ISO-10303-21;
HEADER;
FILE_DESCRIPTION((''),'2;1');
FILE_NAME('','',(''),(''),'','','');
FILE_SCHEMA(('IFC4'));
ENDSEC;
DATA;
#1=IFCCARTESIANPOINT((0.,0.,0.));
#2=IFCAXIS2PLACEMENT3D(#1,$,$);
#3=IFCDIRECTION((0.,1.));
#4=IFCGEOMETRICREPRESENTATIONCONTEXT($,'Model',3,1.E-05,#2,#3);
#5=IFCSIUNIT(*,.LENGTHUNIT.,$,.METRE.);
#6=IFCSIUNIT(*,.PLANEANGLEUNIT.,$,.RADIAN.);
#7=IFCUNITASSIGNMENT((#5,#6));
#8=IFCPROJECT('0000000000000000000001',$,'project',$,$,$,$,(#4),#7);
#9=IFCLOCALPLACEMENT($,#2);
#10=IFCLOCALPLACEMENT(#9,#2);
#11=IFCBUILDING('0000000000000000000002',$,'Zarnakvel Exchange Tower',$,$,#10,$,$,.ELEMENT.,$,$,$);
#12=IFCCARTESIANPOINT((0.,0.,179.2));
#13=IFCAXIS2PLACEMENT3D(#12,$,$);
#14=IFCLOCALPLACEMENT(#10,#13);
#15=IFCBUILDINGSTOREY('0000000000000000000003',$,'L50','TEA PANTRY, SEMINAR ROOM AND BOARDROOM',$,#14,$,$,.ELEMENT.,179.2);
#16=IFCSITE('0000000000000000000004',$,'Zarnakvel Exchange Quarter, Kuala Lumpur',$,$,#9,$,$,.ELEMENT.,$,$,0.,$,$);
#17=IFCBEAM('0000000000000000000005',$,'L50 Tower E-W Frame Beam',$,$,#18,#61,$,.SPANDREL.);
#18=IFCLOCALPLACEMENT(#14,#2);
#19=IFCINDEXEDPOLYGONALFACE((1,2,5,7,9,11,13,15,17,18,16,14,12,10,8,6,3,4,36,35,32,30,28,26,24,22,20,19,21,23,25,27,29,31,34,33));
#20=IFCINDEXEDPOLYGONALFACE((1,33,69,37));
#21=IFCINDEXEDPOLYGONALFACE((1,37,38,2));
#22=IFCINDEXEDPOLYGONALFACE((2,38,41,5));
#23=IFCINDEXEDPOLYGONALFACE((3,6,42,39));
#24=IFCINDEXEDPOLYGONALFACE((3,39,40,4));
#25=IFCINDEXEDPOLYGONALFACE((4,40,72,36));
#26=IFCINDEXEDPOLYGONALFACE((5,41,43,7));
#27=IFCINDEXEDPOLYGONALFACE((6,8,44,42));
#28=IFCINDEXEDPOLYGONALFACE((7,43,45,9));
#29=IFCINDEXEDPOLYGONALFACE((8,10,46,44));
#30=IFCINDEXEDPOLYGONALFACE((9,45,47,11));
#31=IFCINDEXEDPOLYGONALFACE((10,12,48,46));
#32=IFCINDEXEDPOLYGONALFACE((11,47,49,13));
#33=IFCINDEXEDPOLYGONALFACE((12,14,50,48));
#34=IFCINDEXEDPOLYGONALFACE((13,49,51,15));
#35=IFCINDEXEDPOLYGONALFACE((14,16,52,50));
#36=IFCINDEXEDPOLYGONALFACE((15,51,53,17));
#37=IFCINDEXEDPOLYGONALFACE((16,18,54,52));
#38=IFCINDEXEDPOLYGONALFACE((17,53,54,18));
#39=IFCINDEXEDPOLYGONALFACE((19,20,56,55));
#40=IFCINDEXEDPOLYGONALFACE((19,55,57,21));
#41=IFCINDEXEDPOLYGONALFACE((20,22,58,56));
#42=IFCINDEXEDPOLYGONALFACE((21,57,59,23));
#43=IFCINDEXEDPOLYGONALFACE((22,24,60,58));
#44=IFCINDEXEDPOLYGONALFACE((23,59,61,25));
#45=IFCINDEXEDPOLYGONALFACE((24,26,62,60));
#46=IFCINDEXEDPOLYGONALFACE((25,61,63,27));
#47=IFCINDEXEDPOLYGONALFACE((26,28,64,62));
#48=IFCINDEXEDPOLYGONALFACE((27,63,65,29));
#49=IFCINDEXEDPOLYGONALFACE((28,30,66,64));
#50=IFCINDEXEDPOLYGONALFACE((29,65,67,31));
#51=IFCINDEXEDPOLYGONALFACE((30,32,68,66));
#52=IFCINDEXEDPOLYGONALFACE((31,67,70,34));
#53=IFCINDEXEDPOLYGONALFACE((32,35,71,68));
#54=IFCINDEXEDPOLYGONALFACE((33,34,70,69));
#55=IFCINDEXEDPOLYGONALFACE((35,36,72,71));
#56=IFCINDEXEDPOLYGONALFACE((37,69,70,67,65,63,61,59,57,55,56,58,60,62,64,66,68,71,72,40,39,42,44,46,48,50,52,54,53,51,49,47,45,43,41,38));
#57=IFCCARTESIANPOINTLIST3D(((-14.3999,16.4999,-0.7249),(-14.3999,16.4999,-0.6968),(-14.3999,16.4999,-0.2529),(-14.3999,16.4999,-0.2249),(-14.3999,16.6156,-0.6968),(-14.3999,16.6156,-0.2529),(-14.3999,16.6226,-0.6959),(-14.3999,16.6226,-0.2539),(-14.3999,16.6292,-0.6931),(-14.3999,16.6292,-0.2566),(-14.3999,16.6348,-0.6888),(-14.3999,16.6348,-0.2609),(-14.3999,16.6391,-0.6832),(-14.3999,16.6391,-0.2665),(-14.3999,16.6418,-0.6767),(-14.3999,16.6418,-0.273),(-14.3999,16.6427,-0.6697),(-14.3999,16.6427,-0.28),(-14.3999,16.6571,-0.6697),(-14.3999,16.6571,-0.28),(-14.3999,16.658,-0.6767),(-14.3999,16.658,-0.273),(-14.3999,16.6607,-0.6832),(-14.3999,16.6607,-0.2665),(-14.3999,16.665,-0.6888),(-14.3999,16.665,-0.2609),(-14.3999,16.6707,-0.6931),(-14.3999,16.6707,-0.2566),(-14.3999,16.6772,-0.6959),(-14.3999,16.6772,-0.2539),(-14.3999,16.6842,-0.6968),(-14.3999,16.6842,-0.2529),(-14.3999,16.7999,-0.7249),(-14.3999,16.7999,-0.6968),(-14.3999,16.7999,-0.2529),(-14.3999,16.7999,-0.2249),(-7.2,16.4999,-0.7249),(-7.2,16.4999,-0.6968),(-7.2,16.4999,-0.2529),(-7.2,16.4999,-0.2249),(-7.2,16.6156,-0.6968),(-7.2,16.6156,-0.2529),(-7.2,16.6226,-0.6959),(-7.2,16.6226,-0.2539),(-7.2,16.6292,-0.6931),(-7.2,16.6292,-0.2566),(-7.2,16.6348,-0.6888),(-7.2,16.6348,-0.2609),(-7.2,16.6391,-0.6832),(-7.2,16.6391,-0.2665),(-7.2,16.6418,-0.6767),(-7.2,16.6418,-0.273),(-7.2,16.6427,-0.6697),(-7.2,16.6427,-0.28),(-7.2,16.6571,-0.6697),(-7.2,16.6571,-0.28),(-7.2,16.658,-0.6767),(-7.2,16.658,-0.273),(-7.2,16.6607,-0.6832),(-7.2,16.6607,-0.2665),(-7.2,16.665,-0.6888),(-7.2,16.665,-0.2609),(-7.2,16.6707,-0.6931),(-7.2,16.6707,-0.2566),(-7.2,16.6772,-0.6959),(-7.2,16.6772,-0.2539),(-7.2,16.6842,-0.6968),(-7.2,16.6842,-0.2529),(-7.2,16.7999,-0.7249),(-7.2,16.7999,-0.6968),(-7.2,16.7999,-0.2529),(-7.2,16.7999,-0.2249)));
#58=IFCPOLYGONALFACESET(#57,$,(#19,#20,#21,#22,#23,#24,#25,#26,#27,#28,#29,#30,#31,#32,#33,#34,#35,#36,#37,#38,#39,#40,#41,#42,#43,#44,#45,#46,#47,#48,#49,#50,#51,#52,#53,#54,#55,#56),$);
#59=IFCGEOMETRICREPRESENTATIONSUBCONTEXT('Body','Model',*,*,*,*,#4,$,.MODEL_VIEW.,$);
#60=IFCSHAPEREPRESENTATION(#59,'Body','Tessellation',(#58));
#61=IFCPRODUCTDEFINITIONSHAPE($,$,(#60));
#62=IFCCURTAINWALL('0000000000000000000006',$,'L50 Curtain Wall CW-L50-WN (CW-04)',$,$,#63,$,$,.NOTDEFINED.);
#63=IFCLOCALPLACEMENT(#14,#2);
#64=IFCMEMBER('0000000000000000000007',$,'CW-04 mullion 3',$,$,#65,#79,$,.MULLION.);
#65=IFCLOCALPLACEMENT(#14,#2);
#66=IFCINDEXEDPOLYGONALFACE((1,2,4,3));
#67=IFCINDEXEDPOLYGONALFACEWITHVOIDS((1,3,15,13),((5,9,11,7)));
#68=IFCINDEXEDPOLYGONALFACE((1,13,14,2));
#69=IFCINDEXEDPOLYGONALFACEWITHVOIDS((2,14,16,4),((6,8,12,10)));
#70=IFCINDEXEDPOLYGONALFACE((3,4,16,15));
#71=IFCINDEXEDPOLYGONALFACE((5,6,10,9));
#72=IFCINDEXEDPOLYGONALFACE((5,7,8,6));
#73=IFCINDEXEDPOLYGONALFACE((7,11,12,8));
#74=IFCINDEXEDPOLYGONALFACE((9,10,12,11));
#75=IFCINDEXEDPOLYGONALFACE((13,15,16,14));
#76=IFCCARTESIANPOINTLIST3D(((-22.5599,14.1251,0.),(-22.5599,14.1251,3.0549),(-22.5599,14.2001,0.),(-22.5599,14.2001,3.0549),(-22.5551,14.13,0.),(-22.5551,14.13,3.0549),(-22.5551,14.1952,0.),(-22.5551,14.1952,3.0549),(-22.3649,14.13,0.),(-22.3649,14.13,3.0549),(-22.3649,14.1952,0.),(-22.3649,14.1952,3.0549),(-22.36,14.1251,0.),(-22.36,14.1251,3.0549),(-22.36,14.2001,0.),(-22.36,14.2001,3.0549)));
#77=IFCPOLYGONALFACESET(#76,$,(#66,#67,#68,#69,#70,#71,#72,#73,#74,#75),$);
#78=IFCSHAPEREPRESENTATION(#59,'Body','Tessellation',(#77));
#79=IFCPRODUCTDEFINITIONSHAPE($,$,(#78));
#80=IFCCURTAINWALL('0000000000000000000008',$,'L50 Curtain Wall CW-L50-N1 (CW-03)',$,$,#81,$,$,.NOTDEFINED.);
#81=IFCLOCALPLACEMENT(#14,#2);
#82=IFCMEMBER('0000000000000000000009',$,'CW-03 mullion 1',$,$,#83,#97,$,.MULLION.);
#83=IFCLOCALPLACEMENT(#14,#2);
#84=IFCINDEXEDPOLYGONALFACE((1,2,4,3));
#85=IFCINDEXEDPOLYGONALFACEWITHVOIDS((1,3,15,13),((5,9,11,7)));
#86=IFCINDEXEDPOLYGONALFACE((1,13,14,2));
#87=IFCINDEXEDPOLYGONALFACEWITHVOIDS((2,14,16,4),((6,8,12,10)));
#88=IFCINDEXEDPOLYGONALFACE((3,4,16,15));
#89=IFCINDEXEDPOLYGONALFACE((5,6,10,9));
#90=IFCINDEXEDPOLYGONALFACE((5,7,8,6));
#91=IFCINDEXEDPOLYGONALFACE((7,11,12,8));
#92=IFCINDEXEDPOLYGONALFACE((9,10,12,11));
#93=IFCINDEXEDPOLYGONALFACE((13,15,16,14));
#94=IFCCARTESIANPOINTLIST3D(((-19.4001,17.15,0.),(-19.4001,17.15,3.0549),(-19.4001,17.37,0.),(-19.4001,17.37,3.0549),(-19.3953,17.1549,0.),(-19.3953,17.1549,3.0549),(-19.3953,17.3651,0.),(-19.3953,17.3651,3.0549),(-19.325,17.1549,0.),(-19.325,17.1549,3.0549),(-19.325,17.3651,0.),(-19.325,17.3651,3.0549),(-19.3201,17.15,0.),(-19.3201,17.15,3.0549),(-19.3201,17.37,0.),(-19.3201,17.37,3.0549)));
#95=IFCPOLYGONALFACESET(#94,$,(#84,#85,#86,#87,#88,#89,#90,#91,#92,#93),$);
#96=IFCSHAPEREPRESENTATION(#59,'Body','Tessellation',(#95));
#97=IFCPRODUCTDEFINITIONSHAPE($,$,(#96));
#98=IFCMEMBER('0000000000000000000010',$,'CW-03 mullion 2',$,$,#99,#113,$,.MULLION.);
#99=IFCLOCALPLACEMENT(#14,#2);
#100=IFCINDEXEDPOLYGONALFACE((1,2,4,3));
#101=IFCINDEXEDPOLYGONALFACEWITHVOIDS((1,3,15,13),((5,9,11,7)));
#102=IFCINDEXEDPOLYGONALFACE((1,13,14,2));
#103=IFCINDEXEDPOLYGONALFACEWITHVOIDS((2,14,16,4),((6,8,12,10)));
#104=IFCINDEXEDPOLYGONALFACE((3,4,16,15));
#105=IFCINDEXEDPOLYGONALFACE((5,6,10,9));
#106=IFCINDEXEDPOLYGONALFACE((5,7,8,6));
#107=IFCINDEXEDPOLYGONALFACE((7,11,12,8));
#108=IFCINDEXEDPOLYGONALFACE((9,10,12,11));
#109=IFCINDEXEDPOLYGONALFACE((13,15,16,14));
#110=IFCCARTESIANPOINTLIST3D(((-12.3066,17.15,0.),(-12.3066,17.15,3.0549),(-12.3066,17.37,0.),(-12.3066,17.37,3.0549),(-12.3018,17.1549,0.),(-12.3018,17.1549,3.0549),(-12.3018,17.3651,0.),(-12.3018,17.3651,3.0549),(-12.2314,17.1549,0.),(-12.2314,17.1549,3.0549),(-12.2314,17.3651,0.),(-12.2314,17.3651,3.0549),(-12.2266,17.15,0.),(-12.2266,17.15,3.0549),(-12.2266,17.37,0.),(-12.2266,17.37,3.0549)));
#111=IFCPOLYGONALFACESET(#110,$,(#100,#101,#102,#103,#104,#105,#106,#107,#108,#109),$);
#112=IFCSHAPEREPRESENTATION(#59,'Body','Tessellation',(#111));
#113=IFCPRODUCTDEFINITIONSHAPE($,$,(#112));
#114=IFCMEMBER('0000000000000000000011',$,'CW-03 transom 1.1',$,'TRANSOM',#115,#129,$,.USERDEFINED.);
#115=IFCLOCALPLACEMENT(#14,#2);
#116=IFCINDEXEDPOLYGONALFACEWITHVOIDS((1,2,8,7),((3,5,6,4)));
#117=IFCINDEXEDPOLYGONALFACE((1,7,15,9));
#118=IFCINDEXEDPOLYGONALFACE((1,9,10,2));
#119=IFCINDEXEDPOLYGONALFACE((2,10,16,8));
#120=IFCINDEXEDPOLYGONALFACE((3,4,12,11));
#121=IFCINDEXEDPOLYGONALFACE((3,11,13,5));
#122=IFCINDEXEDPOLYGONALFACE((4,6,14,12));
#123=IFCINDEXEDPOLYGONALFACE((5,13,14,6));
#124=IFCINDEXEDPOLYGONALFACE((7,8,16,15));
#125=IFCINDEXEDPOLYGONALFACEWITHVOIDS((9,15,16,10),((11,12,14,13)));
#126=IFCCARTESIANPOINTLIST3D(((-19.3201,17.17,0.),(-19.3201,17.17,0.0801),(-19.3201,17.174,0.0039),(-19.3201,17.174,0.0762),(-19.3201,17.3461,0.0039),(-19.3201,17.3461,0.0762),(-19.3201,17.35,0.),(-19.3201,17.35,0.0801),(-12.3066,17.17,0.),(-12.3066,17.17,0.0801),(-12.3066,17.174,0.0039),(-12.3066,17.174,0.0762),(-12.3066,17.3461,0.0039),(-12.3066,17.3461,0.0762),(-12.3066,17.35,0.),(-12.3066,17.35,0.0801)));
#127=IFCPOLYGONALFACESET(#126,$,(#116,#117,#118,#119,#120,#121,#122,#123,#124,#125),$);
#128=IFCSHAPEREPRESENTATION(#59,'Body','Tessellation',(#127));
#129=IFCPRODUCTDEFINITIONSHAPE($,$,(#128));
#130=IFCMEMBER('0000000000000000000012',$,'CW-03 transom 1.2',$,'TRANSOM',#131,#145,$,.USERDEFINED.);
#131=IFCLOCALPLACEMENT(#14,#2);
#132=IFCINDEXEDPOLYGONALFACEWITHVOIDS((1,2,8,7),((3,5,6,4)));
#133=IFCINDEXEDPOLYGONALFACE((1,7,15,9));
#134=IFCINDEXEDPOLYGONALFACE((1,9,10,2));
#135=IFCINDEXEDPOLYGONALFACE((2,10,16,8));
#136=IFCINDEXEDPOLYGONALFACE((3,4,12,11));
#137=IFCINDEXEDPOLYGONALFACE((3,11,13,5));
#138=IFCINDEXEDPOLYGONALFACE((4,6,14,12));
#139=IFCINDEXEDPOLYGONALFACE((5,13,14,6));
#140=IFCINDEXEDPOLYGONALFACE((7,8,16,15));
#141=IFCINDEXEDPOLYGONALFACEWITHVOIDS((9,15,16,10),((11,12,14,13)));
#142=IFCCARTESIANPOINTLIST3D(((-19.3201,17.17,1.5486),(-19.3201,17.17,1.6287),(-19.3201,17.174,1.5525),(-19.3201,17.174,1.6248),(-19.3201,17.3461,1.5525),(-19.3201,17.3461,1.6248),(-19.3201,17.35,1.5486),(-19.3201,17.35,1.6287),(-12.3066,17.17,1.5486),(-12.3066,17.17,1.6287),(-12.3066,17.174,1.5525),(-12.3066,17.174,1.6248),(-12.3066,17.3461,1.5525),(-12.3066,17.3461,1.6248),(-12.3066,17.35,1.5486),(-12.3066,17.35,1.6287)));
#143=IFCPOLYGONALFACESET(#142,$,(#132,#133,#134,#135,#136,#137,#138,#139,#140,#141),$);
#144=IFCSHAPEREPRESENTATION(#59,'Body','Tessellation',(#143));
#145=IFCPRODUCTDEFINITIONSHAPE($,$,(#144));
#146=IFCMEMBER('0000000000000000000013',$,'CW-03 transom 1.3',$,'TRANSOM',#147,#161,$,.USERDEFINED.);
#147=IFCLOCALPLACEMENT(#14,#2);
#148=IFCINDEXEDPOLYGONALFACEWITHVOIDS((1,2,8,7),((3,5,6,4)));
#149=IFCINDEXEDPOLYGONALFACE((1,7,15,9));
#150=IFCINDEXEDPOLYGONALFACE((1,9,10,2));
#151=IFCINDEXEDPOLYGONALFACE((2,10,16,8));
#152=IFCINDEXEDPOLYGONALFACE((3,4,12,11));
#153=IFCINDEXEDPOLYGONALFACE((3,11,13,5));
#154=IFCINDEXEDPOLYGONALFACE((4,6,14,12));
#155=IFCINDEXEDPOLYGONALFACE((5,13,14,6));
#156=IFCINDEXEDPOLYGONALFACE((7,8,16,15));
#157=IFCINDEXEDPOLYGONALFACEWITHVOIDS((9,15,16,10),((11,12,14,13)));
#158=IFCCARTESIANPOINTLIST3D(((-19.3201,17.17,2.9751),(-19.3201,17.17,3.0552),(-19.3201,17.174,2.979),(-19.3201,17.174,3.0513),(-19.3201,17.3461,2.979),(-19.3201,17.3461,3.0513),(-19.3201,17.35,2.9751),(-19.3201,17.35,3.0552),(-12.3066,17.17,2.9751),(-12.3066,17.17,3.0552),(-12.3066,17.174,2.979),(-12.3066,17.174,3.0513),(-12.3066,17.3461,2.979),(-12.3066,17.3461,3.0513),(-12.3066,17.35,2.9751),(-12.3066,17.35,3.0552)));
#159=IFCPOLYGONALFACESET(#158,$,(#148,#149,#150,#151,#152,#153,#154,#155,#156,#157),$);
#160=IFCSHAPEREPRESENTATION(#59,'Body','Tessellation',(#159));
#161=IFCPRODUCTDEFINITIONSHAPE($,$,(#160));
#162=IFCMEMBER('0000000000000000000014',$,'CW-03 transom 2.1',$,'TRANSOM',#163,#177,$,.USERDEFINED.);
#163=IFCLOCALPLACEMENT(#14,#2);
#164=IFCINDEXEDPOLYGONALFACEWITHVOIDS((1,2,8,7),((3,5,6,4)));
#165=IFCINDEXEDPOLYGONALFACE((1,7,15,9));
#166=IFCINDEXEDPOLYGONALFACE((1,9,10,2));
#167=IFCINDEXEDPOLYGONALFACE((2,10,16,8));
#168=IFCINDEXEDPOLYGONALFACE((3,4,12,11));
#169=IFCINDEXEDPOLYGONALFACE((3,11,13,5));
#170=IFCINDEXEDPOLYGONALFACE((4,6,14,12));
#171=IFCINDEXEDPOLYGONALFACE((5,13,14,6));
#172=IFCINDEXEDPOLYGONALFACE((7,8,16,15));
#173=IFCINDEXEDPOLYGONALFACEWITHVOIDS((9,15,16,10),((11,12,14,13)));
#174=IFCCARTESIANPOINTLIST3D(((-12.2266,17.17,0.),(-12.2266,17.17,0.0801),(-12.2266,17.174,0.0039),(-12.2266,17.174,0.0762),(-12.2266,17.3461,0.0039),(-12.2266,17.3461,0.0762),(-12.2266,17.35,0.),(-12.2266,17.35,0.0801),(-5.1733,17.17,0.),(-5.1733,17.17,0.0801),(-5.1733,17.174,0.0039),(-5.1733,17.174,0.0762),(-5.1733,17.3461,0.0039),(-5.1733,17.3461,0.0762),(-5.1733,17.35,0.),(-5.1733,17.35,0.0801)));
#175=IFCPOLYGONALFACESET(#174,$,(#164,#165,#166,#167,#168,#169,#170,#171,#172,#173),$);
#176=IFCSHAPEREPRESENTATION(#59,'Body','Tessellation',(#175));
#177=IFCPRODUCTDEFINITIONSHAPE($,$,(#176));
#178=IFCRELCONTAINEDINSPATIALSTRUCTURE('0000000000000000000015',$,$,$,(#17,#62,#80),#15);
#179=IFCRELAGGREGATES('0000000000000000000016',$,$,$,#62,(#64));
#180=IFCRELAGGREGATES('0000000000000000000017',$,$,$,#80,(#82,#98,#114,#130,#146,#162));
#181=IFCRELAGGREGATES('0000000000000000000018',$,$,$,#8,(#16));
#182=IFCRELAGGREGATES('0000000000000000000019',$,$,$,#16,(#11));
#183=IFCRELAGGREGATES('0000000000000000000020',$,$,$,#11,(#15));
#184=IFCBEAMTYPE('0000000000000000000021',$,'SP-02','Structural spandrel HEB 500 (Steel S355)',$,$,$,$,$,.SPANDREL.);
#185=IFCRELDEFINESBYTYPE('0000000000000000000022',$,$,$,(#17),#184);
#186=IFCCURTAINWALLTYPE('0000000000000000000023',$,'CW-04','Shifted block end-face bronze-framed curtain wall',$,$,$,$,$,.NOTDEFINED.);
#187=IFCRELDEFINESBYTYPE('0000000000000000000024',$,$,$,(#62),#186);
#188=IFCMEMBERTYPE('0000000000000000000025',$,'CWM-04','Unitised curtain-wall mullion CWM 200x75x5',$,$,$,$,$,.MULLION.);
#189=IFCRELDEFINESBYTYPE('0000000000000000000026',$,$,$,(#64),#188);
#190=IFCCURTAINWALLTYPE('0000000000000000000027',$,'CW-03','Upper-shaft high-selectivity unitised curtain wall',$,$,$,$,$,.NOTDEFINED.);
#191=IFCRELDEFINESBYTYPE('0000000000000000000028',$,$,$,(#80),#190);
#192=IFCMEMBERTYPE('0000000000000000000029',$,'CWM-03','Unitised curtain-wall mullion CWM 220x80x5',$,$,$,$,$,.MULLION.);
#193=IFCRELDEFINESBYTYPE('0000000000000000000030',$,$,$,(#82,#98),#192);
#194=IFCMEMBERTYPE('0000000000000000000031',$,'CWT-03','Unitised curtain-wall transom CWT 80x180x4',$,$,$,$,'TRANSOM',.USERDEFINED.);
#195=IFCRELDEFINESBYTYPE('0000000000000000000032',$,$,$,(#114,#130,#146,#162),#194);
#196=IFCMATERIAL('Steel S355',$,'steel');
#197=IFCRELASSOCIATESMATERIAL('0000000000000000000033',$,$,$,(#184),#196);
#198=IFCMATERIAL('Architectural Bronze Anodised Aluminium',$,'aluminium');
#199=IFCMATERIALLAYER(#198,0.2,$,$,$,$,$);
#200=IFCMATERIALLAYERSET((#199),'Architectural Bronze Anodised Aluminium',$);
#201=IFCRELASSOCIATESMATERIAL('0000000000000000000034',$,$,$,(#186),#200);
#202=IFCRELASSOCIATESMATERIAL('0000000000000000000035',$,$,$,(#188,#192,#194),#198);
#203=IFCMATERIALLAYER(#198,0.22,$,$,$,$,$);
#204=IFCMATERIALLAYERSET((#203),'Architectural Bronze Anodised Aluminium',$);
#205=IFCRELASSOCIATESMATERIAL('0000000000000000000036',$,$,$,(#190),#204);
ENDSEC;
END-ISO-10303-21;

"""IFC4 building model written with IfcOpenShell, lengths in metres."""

from ifc_helpers import new_model, si_unit, direction, frame, origin, origin_2d, place, context, subcontext, project, spatial, hollow_rectangle, i_section, extrude, source, transform, mapped, material, layer, layer_set, material_profile, profile_set, type_object, element, aggregate, save


model = new_model("IFC4")

# Units and contexts
model_context = context("Model", 3, precision=1e-05, world=origin(), true_north=direction((0.0, 1.0)))
body_context = subcontext(model_context, "Body", "Model", "MODEL_VIEW")
ifc_project = project(units=[si_unit("LENGTHUNIT", "METRE"), si_unit("PLANEANGLEUNIT", "RADIAN")], contexts=[model_context])

# Site, building, storey
site_placement = place(None, origin())
site = spatial("IfcSite", under=ifc_project, at=site_placement, Name="Zarnakvel Exchange Quarter, Kuala Lumpur", CompositionType="ELEMENT", RefElevation=0.0)
building_placement = place(site_placement, origin())
building = spatial("IfcBuilding", under=site, at=building_placement, Name="Zarnakvel Exchange Tower", CompositionType="ELEMENT")
storey_placement = place(building_placement, frame((0.0, 0.0, 179.2)))
storey = spatial("IfcBuildingStorey", under=building, at=storey_placement, Name="L50", Description="TEA PANTRY, SEMINAR ROOM AND BOARDROOM", CompositionType="ELEMENT", Elevation=179.2)

# Shared definitions
ifc_material_1 = material(Name="Steel S355", Category="steel")

# Beam
ifc_material_profile_1 = material_profile(ifc_material_1, i_section(OverallWidth=0.3, OverallDepth=0.5, WebThickness=0.0144, FlangeThickness=0.0281, FilletRadius=0.0271, at=origin_2d()))
ifc_profile_set_1 = profile_set([ifc_material_profile_1], Name="Steel S355")
beam_type_1 = type_object("IfcBeamType", Name="SP-02", Description="Structural spandrel HEB 500 (Steel S355)", PredefinedType="SPANDREL", material=ifc_profile_set_1)
beam_1_placement = place(storey_placement, frame((-14.3999, 16.6499, -0.4749), z_axis=(1.0, 0.0, 0.0), x_axis=(0.0, 1.0, 0.0)))
element("IfcBeam", 1, at=beam_1_placement, inside=storey, type_object=beam_type_1, Name="L50 Tower E-W Frame Beam", PredefinedType="SPANDREL", context=body_context, shape_type="SweptSolid", body=[
    extrude(i_section(OverallWidth=0.3, OverallDepth=0.5, WebThickness=0.0144, FlangeThickness=0.0281, FilletRadius=0.0271, at=origin_2d()), origin(), (0.0, 0.0, 1.0), 7.2),
])

# Curtain wall, member
ifc_material_2 = material(Name="Architectural Bronze Anodised Aluminium", Category="aluminium")
ifc_layer_1 = layer(ifc_material_2, 0.2)
ifc_layer_set_1 = layer_set([ifc_layer_1], Name="Architectural Bronze Anodised Aluminium")
curtain_wall_type_1 = type_object("IfcCurtainWallType", Name="CW-04", Description="Shifted block end-face bronze-framed curtain wall", PredefinedType="NOTDEFINED", material=ifc_layer_set_1)
curtain_wall_1_placement = place(storey_placement, origin())
curtain_wall_1 = element("IfcCurtainWall", 2, at=curtain_wall_1_placement, inside=storey, type_object=curtain_wall_type_1, Name="L50 Curtain Wall CW-L50-WN (CW-04)", PredefinedType="NOTDEFINED")
ifc_material_profile_2 = material_profile(ifc_material_2, hollow_rectangle(XDim=0.2, YDim=0.075, WallThickness=0.0049, at=origin_2d()))
ifc_profile_set_2 = profile_set([ifc_material_profile_2], Name="Architectural Bronze Anodised Aluminium")
member_type_1 = type_object("IfcMemberType", Name="CWM-04", Description="Unitised curtain-wall mullion CWM 200x75x5", PredefinedType="MULLION", material=ifc_profile_set_2)
shared_shape_1 = source(origin(), body_context, "Body", "SweptSolid", [
    extrude(hollow_rectangle(XDim=0.2, YDim=0.075, WallThickness=0.0049, at=origin_2d()), origin(), (0.0, 0.0, 1.0), 3.0549),
])
member_1_placement = place(storey_placement, frame((-22.46, 14.1626, 0.0), z_axis=(0.0, 0.0, 1.0), x_axis=(-1.0, 0.0, 0.0)))
member_1 = element("IfcMember", 3, at=member_1_placement, type_object=member_type_1, Name="CW-04 mullion 3", PredefinedType="MULLION", context=body_context, shape_type="MappedRepresentation", body=[
    mapped(shared_shape_1, transform((0.0, 0.0, 0.0), x_axis=(1.0, 0.0, 0.0), y_axis=(0.0, 1.0, 0.0), z_axis=(0.0, 0.0, 1.0), scale=1.0)),
])
aggregate(curtain_wall_1, [member_1])

# Curtain wall, members
ifc_layer_2 = layer(ifc_material_2, 0.22)
ifc_layer_set_2 = layer_set([ifc_layer_2], Name="Architectural Bronze Anodised Aluminium")
curtain_wall_type_2 = type_object("IfcCurtainWallType", Name="CW-03", Description="Upper-shaft high-selectivity unitised curtain wall", PredefinedType="NOTDEFINED", material=ifc_layer_set_2)
curtain_wall_2_placement = place(storey_placement, origin())
curtain_wall_2 = element("IfcCurtainWall", 4, at=curtain_wall_2_placement, inside=storey, type_object=curtain_wall_type_2, Name="L50 Curtain Wall CW-L50-N1 (CW-03)", PredefinedType="NOTDEFINED")
ifc_material_profile_3 = material_profile(ifc_material_2, hollow_rectangle(XDim=0.22, YDim=0.0801, WallThickness=0.0049, at=origin_2d()))
ifc_profile_set_3 = profile_set([ifc_material_profile_3], Name="Architectural Bronze Anodised Aluminium")
member_type_2 = type_object("IfcMemberType", Name="CWM-03", Description="Unitised curtain-wall mullion CWM 220x80x5", PredefinedType="MULLION", material=ifc_profile_set_3)
shared_shape_2 = source(origin(), body_context, "Body", "SweptSolid", [
    extrude(hollow_rectangle(XDim=0.22, YDim=0.0801, WallThickness=0.0049, at=origin_2d()), origin(), (0.0, 0.0, 1.0), 3.0549),
])
member_2_placement = place(storey_placement, frame((-19.3601, 17.26, 0.0), z_axis=(0.0, 0.0, 1.0), x_axis=(0.0, 1.0, 0.0)))
member_2 = element("IfcMember", 5, at=member_2_placement, type_object=member_type_2, Name="CW-03 mullion 1", PredefinedType="MULLION", context=body_context, shape_type="MappedRepresentation", body=[
    mapped(shared_shape_2, transform((0.0, 0.0, 0.0), x_axis=(1.0, 0.0, 0.0), y_axis=(0.0, 1.0, 0.0), z_axis=(0.0, 0.0, 1.0), scale=1.0)),
])
member_3_placement = place(storey_placement, frame((-12.2666, 17.26, 0.0), z_axis=(0.0, 0.0, 1.0), x_axis=(0.0, 1.0, 0.0)))
member_3 = element("IfcMember", 6, at=member_3_placement, type_object=member_type_2, Name="CW-03 mullion 2", PredefinedType="MULLION", context=body_context, shape_type="MappedRepresentation", body=[
    mapped(shared_shape_2, transform((0.0, 0.0, 0.0), x_axis=(1.0, 0.0, 0.0), y_axis=(0.0, 1.0, 0.0), z_axis=(0.0, 0.0, 1.0), scale=1.0)),
])
ifc_material_profile_4 = material_profile(ifc_material_2, hollow_rectangle(XDim=0.1799, YDim=0.0801, WallThickness=0.0039, at=origin_2d()))
ifc_profile_set_4 = profile_set([ifc_material_profile_4], Name="Architectural Bronze Anodised Aluminium")
member_type_3 = type_object("IfcMemberType", Name="CWT-03", Description="Unitised curtain-wall transom CWT 80x180x4", ElementType="TRANSOM", PredefinedType="USERDEFINED", material=ifc_profile_set_4)
shared_shape_3 = source(origin(), body_context, "Body", "SweptSolid", [
    extrude(hollow_rectangle(XDim=0.1799, YDim=0.0801, WallThickness=0.0039, at=origin_2d()), origin(), (0.0, 0.0, 1.0), 7.0134),
])
member_4_placement = place(storey_placement, frame((-19.3201, 17.26, 0.04), z_axis=(1.0, 0.0, 0.0), x_axis=(0.0, 1.0, 0.0)))
member_4 = element("IfcMember", 7, at=member_4_placement, type_object=member_type_3, Name="CW-03 transom 1.1", ObjectType="TRANSOM", PredefinedType="USERDEFINED", context=body_context, shape_type="MappedRepresentation", body=[
    mapped(shared_shape_3, transform((0.0, 0.0, 0.0), x_axis=(1.0, 0.0, 0.0), y_axis=(0.0, 1.0, 0.0), z_axis=(0.0, 0.0, 1.0), scale=1.0)),
])
member_5_placement = place(storey_placement, frame((-19.3201, 17.26, 1.5886), z_axis=(1.0, 0.0, 0.0), x_axis=(0.0, 1.0, 0.0)))
member_5 = element("IfcMember", 8, at=member_5_placement, type_object=member_type_3, Name="CW-03 transom 1.2", ObjectType="TRANSOM", PredefinedType="USERDEFINED", context=body_context, shape_type="MappedRepresentation", body=[
    mapped(shared_shape_3, transform((0.0, 0.0, 0.0), x_axis=(1.0, 0.0, 0.0), y_axis=(0.0, 1.0, 0.0), z_axis=(0.0, 0.0, 1.0), scale=1.0)),
])
member_6_placement = place(storey_placement, frame((-19.3201, 17.26, 3.0151), z_axis=(1.0, 0.0, 0.0), x_axis=(0.0, 1.0, 0.0)))
member_6 = element("IfcMember", 9, at=member_6_placement, type_object=member_type_3, Name="CW-03 transom 1.3", ObjectType="TRANSOM", PredefinedType="USERDEFINED", context=body_context, shape_type="MappedRepresentation", body=[
    mapped(shared_shape_3, transform((0.0, 0.0, 0.0), x_axis=(1.0, 0.0, 0.0), y_axis=(0.0, 1.0, 0.0), z_axis=(0.0, 0.0, 1.0), scale=1.0)),
])
shared_shape_4 = source(origin(), body_context, "Body", "SweptSolid", [
    extrude(hollow_rectangle(XDim=0.1799, YDim=0.0801, WallThickness=0.0039, at=origin_2d()), origin(), (0.0, 0.0, 1.0), 7.0532),
])
member_7_placement = place(storey_placement, frame((-12.2266, 17.26, 0.04), z_axis=(1.0, 0.0, 0.0), x_axis=(0.0, 1.0, 0.0)))
member_7 = element("IfcMember", 10, at=member_7_placement, type_object=member_type_3, Name="CW-03 transom 2.1", ObjectType="TRANSOM", PredefinedType="USERDEFINED", context=body_context, shape_type="MappedRepresentation", body=[
    mapped(shared_shape_4, transform((0.0, 0.0, 0.0), x_axis=(1.0, 0.0, 0.0), y_axis=(0.0, 1.0, 0.0), z_axis=(0.0, 0.0, 1.0), scale=1.0)),
])
aggregate(curtain_wall_2, [member_2, member_3, member_4, member_5, member_6, member_7])

save(model, "model.ifc")
